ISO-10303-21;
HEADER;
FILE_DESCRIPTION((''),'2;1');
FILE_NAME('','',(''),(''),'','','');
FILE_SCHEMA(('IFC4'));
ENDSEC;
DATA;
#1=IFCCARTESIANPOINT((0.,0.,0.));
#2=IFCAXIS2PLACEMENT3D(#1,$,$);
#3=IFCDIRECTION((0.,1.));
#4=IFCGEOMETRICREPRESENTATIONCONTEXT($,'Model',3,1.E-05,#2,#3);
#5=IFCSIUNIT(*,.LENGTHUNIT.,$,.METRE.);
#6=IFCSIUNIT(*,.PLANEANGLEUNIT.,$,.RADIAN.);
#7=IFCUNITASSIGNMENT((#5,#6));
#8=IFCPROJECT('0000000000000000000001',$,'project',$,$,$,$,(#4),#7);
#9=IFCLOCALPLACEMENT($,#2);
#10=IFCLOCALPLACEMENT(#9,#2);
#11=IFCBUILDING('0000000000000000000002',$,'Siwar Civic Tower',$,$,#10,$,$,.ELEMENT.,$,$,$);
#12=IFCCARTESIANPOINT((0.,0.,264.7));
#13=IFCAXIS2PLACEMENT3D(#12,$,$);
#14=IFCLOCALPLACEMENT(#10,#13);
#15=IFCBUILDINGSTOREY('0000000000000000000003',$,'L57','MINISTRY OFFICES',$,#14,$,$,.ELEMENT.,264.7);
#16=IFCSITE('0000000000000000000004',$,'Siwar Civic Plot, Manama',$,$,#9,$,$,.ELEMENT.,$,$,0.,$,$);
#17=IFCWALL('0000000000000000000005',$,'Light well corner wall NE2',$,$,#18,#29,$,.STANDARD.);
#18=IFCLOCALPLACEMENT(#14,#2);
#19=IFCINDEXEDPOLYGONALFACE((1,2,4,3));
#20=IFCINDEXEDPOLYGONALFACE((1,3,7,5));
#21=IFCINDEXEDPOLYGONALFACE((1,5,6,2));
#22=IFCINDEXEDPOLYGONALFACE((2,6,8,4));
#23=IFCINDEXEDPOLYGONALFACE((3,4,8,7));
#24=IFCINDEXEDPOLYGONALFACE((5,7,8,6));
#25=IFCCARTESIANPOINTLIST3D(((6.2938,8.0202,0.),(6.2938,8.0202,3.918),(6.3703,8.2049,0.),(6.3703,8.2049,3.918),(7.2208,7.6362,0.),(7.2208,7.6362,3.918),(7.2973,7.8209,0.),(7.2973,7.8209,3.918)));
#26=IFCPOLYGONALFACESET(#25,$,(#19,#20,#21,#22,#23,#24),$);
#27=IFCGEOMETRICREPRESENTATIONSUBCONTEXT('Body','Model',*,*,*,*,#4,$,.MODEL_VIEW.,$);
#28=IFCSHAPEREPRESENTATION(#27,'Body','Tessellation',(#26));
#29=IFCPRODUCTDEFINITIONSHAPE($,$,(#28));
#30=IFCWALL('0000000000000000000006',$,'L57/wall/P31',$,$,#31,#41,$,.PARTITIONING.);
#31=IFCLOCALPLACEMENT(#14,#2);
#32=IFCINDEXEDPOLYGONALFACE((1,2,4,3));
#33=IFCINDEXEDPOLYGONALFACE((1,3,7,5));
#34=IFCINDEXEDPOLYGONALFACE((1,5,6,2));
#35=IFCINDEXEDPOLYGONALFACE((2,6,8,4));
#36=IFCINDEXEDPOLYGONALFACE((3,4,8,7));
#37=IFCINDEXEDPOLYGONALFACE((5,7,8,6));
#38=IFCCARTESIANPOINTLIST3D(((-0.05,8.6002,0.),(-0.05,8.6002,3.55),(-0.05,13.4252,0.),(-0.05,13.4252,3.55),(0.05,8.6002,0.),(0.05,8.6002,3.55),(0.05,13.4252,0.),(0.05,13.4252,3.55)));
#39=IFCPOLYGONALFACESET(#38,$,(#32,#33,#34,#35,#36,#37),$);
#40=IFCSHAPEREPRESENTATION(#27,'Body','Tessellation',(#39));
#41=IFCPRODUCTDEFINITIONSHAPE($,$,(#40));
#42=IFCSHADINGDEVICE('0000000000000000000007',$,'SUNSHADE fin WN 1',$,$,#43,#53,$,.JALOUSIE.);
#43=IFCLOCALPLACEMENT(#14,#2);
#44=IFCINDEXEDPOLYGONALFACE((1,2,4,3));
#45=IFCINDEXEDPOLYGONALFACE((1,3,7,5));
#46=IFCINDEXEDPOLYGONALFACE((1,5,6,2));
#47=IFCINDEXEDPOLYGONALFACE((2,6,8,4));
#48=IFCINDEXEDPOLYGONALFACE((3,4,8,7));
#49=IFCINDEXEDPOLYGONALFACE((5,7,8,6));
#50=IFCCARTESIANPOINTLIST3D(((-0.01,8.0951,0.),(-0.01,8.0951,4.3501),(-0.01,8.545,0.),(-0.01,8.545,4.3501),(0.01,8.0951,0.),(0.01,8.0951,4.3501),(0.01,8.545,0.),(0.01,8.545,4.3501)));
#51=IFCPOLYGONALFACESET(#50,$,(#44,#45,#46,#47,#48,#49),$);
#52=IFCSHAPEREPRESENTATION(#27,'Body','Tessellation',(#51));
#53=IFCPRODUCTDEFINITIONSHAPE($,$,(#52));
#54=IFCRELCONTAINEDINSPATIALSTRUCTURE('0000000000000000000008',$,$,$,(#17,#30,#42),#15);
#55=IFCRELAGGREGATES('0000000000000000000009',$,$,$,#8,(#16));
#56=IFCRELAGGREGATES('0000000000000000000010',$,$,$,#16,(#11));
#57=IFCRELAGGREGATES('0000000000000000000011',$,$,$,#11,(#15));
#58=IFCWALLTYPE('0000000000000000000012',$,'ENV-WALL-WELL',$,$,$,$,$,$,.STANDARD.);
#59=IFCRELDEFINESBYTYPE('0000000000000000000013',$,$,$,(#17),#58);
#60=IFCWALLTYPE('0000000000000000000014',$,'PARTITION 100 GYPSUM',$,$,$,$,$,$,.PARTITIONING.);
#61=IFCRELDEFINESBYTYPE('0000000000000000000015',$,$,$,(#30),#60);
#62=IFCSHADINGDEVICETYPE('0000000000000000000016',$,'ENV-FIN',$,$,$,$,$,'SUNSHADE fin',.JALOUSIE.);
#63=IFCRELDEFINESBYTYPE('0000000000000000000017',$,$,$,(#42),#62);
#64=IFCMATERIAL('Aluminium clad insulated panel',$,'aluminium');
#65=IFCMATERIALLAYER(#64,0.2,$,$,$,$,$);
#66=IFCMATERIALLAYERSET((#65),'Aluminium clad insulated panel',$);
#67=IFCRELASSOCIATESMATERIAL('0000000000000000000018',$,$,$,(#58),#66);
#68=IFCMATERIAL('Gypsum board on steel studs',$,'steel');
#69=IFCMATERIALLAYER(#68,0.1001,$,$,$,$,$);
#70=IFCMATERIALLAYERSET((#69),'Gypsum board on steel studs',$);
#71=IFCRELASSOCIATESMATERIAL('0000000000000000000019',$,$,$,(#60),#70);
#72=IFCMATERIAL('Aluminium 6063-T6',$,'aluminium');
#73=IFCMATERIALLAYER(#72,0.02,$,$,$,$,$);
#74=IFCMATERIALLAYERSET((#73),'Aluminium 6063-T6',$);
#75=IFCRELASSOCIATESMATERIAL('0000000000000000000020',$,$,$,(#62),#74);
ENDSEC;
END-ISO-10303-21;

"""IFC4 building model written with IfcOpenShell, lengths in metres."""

from ifc_helpers import new_model, si_unit, direction, frame, frame_2d, origin, origin_2d, place, context, subcontext, project, spatial, rectangle, extrude, material, layer, layer_set, type_object, element, save


model = new_model("IFC4")

# Units and contexts
model_context = context("Model", 3, precision=1e-05, world=origin(), true_north=direction((0.0, 1.0)))
body_context = subcontext(model_context, "Body", "Model", "MODEL_VIEW")
ifc_project = project(units=[si_unit("LENGTHUNIT", "METRE"), si_unit("PLANEANGLEUNIT", "RADIAN")], contexts=[model_context])

# Site, building, storey
site_placement = place(None, origin())
site = spatial("IfcSite", under=ifc_project, at=site_placement, Name="Siwar Civic Plot, Manama", CompositionType="ELEMENT", RefElevation=0.0)
building_placement = place(site_placement, origin())
building = spatial("IfcBuilding", under=site, at=building_placement, Name="Siwar Civic Tower", CompositionType="ELEMENT")
storey_placement = place(building_placement, frame((0.0, 0.0, 264.7)))
storey = spatial("IfcBuildingStorey", under=building, at=storey_placement, Name="L57", Description="MINISTRY OFFICES", CompositionType="ELEMENT", Elevation=264.7)

# Walls
ifc_material_1 = material(Name="Aluminium clad insulated panel", Category="aluminium")
ifc_layer_1 = layer(ifc_material_1, 0.2)
ifc_layer_set_1 = layer_set([ifc_layer_1], Name="Aluminium clad insulated panel")
wall_type_1 = type_object("IfcWallType", Name="ENV-WALL-WELL", PredefinedType="STANDARD", material=ifc_layer_set_1)
wall_1_placement = place(storey_placement, frame((7.259, 7.7285, 0.0), z_axis=(0.0, 0.0, 1.0), x_axis=(-0.92386, 0.382731, 0.0)))
element("IfcWall", 1, at=wall_1_placement, inside=storey, type_object=wall_type_1, Name="Light well corner wall NE2", PredefinedType="STANDARD", context=body_context, shape_type="SweptSolid", body=[
    extrude(rectangle(XDim=1.0034, YDim=0.2, at=frame_2d((0.5017, 0.0))), origin(), (0.0, 0.0, 1.0), 3.918),
])
ifc_material_2 = material(Name="Gypsum board on steel studs", Category="steel")
ifc_layer_2 = layer(ifc_material_2, 0.1001)
ifc_layer_set_2 = layer_set([ifc_layer_2], Name="Gypsum board on steel studs")
wall_type_2 = type_object("IfcWallType", Name="PARTITION 100 GYPSUM", PredefinedType="PARTITIONING", material=ifc_layer_set_2)
wall_2_placement = place(storey_placement, frame((0.0, 8.6001, 0.0), z_axis=(0.0, 0.0, 1.0), x_axis=(0.0, 1.0, 0.0)))
element("IfcWall", 2, at=wall_2_placement, inside=storey, type_object=wall_type_2, Name="L57/wall/P31", PredefinedType="PARTITIONING", context=body_context, shape_type="SweptSolid", body=[
    extrude(rectangle(XDim=4.825, YDim=0.1001, at=frame_2d((2.4126, 0.0))), origin(), (0.0, 0.0, 1.0), 3.55),
])

# Shading device
ifc_material_3 = material(Name="Aluminium 6063-T6", Category="aluminium")
ifc_layer_3 = layer(ifc_material_3, 0.02)
ifc_layer_set_3 = layer_set([ifc_layer_3], Name="Aluminium 6063-T6")
shading_device_type = type_object("IfcShadingDeviceType", Name="ENV-FIN", ElementType="SUNSHADE fin", PredefinedType="JALOUSIE", material=ifc_layer_set_3)
shading_device_placement = place(storey_placement, frame((0.0, 8.3201, 0.0), z_axis=(0.0, 0.0, 1.0), x_axis=(-1.0, 0.0, 0.0)))
element("IfcShadingDevice", 3, at=shading_device_placement, inside=storey, type_object=shading_device_type, Name="SUNSHADE fin WN 1", PredefinedType="JALOUSIE", context=body_context, shape_type="SweptSolid", body=[
    extrude(rectangle(XDim=0.02, YDim=0.45, at=origin_2d()), origin(), (0.0, 0.0, 1.0), 4.3501),
])

save(model, "model.ifc")
